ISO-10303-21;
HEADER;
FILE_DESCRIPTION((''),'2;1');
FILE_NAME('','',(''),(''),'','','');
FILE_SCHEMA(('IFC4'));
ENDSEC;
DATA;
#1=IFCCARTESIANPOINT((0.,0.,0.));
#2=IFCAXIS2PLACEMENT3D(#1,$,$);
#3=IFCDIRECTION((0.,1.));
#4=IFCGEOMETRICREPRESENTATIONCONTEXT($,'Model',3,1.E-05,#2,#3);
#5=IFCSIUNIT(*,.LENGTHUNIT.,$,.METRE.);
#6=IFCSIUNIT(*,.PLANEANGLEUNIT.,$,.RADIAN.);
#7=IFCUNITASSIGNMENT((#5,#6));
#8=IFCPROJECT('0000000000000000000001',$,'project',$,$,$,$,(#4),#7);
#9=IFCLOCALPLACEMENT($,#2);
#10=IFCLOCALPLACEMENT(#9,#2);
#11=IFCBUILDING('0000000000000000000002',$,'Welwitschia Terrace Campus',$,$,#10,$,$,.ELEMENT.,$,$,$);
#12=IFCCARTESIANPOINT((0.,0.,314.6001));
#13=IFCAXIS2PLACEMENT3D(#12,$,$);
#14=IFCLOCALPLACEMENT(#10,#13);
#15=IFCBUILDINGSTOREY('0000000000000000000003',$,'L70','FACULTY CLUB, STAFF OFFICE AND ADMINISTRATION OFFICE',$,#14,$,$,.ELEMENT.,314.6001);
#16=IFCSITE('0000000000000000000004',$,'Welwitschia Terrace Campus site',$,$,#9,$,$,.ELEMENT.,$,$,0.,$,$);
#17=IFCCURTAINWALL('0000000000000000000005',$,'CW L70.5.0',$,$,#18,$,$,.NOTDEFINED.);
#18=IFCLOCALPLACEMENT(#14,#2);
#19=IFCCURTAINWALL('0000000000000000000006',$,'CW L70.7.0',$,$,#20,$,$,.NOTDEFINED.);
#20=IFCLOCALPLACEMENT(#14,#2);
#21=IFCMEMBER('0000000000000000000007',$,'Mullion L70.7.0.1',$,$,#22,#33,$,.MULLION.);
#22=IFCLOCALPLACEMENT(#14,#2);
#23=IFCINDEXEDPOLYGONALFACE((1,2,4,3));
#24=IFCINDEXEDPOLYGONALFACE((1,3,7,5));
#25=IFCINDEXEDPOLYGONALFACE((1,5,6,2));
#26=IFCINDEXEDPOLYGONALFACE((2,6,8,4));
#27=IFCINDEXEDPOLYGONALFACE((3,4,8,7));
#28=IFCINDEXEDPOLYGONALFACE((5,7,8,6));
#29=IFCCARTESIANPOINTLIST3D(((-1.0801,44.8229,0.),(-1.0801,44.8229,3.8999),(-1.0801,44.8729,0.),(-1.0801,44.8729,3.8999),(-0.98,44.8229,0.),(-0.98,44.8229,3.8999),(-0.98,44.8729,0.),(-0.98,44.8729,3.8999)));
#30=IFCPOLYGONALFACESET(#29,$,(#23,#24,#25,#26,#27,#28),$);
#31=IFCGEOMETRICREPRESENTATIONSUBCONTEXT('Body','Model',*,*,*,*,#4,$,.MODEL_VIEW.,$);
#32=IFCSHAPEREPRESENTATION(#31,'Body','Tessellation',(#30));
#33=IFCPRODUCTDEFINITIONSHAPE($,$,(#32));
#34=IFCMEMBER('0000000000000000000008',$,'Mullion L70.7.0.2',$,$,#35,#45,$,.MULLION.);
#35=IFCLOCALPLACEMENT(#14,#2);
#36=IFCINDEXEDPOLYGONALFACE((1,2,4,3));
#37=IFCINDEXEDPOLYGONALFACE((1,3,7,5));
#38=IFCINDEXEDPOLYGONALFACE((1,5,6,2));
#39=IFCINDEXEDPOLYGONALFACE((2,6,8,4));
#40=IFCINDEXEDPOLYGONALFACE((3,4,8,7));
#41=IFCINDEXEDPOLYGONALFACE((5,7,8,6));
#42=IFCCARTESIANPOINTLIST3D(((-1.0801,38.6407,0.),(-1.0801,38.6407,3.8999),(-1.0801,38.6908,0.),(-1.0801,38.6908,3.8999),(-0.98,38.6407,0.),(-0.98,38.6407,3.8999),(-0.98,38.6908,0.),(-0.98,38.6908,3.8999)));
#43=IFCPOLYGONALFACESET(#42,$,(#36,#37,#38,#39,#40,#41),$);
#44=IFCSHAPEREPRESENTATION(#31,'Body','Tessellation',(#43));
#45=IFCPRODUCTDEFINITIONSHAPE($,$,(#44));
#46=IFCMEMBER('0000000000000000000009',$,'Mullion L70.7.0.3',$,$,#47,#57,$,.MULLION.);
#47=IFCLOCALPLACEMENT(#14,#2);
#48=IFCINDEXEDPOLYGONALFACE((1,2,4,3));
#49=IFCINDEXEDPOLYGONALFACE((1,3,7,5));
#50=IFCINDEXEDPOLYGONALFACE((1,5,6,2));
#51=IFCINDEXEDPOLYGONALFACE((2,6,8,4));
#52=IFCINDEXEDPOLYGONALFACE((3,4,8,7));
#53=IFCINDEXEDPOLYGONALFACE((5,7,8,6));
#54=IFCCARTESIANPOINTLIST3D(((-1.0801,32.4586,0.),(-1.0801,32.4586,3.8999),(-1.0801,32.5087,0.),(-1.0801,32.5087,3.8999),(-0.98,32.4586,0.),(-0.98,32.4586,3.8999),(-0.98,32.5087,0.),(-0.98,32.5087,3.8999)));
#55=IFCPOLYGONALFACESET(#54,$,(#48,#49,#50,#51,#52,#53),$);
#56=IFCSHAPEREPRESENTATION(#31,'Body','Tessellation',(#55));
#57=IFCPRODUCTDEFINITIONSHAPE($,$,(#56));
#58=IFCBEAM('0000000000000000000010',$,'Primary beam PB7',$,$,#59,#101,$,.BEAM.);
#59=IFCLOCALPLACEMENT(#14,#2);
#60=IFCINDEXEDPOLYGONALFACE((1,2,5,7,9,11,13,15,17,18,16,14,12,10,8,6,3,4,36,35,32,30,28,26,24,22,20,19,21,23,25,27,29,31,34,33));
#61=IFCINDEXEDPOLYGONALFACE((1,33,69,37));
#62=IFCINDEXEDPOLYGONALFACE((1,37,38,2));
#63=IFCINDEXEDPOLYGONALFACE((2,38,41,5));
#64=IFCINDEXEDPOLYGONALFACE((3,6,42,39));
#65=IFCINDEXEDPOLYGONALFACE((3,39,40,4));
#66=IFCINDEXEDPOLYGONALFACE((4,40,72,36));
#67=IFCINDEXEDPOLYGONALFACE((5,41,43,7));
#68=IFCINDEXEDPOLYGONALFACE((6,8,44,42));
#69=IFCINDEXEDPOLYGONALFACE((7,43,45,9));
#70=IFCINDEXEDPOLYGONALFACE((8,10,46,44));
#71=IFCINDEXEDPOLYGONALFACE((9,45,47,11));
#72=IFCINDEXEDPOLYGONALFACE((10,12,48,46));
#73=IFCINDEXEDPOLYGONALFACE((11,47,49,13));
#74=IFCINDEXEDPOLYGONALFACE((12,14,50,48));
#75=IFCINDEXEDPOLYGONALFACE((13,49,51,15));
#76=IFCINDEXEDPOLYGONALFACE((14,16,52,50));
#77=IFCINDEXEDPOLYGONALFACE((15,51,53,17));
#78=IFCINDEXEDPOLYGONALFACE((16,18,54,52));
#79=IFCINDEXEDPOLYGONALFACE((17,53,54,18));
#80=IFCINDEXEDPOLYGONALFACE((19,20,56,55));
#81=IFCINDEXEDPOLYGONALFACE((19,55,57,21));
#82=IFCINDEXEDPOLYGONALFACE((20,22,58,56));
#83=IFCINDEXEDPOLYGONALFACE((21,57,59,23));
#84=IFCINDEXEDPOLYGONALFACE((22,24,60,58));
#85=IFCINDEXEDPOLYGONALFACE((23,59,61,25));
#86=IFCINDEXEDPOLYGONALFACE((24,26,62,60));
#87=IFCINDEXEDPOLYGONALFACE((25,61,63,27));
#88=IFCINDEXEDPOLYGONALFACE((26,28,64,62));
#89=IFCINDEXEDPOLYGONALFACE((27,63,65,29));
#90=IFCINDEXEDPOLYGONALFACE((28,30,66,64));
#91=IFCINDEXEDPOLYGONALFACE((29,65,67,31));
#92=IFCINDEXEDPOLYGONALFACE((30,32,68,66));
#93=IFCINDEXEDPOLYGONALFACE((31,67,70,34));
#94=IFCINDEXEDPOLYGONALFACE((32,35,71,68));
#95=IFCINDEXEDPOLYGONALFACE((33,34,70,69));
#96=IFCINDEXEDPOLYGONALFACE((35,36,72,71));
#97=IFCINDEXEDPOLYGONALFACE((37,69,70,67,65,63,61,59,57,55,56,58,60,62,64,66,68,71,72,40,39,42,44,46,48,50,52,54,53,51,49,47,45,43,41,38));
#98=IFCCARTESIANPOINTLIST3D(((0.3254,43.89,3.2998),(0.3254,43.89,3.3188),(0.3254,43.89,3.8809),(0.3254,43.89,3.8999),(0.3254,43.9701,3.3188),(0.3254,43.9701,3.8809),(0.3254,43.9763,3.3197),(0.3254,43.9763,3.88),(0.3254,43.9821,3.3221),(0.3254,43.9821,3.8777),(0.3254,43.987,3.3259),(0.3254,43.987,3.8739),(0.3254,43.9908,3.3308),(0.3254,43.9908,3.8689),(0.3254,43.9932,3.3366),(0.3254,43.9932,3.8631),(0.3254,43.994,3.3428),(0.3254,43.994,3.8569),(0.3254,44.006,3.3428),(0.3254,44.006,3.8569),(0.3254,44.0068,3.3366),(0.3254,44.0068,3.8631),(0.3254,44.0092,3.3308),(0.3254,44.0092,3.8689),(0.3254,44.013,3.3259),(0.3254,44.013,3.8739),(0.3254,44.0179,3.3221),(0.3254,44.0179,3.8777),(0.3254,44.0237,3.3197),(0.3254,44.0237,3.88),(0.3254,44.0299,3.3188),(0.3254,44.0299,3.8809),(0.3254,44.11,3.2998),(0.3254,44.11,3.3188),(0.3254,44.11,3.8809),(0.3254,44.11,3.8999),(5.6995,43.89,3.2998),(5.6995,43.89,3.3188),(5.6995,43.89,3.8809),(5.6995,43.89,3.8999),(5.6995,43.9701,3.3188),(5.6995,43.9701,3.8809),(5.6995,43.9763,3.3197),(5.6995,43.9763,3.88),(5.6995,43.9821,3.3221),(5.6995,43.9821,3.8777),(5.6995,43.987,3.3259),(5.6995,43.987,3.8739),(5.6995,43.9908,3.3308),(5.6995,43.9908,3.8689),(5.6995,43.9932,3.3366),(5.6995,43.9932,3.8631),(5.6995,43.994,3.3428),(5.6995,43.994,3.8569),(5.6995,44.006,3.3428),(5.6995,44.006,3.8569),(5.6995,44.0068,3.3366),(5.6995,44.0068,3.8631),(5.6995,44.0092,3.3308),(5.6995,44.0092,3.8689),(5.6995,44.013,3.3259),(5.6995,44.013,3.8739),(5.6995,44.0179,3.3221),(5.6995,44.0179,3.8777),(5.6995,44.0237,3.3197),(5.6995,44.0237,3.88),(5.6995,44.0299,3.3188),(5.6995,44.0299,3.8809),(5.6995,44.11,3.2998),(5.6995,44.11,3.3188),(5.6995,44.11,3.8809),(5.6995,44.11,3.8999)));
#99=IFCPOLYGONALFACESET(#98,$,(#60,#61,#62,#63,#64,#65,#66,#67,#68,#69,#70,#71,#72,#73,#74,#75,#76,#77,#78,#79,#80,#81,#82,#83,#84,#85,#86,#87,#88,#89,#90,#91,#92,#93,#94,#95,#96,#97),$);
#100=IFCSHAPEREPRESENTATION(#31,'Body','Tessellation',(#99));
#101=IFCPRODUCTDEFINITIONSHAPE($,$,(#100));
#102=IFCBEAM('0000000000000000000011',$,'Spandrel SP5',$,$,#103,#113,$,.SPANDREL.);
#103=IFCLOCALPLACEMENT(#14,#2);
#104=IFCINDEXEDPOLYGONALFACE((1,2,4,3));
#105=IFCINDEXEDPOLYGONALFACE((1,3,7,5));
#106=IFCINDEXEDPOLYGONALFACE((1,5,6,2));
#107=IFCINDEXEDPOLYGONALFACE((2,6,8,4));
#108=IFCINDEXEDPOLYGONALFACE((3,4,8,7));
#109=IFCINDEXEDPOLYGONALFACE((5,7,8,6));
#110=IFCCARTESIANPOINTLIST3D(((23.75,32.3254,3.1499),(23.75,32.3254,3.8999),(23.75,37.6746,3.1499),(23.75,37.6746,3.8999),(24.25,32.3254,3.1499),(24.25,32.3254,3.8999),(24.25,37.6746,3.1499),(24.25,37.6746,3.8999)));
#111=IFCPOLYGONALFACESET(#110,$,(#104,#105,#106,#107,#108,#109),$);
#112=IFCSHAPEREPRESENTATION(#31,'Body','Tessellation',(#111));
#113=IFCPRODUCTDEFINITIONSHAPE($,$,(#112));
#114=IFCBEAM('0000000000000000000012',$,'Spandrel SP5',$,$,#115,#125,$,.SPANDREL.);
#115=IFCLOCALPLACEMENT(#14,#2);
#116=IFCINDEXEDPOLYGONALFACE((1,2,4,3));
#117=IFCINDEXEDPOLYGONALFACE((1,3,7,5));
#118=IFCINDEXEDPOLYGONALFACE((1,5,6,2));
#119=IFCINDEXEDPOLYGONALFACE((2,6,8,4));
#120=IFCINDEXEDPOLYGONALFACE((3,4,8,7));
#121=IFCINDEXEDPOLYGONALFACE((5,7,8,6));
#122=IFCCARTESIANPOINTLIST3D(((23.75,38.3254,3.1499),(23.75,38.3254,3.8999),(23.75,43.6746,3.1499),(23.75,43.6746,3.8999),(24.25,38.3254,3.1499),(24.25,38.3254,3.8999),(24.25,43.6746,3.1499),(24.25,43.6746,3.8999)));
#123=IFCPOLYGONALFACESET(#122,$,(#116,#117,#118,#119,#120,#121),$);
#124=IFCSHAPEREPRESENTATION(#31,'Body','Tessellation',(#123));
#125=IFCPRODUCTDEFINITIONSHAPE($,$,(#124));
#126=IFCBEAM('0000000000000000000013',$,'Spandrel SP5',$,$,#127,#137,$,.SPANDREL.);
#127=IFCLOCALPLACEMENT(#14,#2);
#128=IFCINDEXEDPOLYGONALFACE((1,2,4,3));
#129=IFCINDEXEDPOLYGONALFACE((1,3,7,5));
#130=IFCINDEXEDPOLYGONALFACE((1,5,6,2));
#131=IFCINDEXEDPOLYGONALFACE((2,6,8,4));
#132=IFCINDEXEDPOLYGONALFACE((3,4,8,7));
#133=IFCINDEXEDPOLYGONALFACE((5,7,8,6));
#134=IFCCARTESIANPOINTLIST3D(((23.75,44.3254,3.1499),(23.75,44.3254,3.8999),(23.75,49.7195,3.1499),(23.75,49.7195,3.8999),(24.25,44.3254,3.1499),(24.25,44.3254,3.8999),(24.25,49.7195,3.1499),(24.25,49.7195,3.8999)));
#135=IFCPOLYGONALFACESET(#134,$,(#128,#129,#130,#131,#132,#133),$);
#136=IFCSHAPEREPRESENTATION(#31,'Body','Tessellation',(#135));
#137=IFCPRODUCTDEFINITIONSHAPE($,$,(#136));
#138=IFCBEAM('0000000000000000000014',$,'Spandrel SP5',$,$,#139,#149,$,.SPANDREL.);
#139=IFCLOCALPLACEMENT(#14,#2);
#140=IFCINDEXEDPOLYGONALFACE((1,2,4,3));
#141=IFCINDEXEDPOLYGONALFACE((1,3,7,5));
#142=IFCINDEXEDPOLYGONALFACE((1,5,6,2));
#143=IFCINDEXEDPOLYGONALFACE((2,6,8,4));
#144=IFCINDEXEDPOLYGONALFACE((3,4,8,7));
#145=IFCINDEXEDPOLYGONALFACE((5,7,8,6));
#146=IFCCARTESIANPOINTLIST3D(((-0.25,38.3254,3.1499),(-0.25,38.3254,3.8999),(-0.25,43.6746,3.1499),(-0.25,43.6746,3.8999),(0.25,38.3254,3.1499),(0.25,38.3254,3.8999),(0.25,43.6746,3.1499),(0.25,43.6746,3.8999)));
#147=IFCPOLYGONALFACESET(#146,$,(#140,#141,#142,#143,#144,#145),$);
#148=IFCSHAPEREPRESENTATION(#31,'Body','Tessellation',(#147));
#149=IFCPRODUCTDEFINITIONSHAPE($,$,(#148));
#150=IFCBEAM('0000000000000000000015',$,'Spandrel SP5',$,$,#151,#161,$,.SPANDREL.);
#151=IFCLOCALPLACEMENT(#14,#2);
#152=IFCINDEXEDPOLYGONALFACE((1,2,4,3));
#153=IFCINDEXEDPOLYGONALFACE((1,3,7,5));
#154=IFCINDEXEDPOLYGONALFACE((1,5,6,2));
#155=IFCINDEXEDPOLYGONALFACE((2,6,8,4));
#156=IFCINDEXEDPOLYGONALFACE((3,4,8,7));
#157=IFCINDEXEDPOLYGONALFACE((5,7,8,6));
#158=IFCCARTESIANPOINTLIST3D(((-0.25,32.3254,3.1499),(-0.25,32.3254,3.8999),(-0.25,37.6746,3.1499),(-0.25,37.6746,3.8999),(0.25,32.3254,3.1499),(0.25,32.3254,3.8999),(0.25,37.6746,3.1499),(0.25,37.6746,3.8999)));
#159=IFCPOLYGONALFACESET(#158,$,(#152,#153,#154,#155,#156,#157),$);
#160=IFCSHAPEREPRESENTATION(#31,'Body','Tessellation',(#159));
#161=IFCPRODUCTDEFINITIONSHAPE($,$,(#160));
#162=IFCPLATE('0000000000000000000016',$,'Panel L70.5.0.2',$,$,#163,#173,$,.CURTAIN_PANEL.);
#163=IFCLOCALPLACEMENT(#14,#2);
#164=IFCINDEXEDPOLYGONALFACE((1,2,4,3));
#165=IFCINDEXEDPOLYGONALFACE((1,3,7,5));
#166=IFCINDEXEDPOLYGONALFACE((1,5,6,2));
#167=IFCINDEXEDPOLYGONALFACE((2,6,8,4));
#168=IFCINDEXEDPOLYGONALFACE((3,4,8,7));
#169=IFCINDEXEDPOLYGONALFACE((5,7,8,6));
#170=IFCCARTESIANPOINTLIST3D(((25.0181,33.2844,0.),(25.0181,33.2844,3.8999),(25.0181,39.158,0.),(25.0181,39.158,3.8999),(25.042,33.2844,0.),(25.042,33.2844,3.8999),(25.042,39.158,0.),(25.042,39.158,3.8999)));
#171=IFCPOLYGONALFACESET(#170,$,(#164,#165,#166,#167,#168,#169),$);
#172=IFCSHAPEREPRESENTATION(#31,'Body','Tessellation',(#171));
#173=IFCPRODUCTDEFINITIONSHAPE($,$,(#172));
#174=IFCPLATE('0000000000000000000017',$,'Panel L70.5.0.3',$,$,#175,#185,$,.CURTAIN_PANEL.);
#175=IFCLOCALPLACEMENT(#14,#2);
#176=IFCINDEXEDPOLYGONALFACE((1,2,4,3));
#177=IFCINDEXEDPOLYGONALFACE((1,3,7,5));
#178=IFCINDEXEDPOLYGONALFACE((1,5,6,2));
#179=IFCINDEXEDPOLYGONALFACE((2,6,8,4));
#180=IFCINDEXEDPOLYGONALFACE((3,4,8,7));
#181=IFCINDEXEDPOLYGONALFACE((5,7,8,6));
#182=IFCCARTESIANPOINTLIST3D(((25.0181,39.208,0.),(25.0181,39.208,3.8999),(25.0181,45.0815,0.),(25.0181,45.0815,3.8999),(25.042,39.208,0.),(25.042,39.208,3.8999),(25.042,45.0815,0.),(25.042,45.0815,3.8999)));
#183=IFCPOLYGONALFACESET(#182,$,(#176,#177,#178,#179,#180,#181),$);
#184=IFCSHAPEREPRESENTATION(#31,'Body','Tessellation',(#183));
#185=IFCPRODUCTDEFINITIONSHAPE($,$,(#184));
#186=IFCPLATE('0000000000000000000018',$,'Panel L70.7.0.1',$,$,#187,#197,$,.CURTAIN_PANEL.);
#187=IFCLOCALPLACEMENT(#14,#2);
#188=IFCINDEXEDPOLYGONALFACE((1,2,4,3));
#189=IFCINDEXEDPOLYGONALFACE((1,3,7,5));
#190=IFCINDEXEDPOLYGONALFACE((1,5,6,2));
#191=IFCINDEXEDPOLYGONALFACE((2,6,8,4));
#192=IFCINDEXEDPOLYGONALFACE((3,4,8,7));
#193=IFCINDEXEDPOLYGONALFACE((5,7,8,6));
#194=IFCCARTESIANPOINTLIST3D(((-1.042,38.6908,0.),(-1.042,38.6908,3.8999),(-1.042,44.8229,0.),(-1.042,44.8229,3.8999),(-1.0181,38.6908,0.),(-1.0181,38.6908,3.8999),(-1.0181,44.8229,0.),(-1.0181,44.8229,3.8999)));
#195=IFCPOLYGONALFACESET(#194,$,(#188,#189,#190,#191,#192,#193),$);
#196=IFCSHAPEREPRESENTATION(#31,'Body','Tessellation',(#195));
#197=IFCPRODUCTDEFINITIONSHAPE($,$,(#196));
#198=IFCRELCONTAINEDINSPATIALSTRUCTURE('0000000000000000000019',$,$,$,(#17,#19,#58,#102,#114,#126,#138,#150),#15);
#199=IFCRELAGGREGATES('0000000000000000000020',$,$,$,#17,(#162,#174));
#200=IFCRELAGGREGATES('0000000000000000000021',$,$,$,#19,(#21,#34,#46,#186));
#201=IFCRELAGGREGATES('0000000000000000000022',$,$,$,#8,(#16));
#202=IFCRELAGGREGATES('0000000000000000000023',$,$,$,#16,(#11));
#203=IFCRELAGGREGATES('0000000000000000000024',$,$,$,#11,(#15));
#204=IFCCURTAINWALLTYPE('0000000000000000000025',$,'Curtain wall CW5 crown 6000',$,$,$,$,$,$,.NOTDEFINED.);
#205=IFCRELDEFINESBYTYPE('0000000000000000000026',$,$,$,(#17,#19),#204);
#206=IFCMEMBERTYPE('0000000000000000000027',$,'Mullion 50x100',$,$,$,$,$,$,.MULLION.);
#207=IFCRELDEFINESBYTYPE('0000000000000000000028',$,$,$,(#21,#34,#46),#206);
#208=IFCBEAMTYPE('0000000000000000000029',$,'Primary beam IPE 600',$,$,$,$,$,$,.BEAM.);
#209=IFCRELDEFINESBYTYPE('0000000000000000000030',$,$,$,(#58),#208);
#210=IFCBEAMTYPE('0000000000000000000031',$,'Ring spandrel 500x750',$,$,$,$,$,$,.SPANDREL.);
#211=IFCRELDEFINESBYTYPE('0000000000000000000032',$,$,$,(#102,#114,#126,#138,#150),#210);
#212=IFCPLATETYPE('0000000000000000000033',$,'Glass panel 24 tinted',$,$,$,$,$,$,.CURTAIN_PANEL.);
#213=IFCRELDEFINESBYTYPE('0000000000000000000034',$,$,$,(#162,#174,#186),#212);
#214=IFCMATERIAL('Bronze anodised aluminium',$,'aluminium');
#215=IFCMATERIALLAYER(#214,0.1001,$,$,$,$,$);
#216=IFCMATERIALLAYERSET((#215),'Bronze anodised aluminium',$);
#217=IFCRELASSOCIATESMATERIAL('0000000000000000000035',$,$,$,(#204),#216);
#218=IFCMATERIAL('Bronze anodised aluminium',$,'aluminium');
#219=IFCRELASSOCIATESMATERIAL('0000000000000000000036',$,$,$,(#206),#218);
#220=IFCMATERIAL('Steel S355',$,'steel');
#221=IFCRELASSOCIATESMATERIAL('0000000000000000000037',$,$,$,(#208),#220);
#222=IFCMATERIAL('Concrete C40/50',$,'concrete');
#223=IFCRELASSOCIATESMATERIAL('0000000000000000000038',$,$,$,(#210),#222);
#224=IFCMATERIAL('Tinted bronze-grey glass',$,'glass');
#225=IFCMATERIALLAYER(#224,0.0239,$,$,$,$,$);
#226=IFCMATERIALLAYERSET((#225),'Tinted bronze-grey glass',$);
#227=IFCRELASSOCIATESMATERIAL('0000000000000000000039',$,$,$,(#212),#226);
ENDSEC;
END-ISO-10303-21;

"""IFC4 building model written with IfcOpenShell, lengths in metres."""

from ifc_helpers import new_model, si_unit, direction, frame, origin, origin_2d, place, context, subcontext, project, spatial, rectangle, i_section, extrude, material, layer, layer_set, material_profile, profile_set, type_object, element, aggregate, save


model = new_model("IFC4")

# Units and contexts
model_context = context("Model", 3, precision=1e-05, world=origin(), true_north=direction((0.0, 1.0)))
body_context = subcontext(model_context, "Body", "Model", "MODEL_VIEW")
ifc_project = project(units=[si_unit("LENGTHUNIT", "METRE"), si_unit("PLANEANGLEUNIT", "RADIAN")], contexts=[model_context])

# Site, building, storey
site_placement = place(None, origin())
site = spatial("IfcSite", under=ifc_project, at=site_placement, Name="Welwitschia Terrace Campus site", CompositionType="ELEMENT", RefElevation=0.0)
building_placement = place(site_placement, origin())
building = spatial("IfcBuilding", under=site, at=building_placement, Name="Welwitschia Terrace Campus", CompositionType="ELEMENT")
storey_placement = place(building_placement, frame((0.0, 0.0, 314.6001)))
storey = spatial("IfcBuildingStorey", under=building, at=storey_placement, Name="L70", Description="FACULTY CLUB, STAFF OFFICE AND ADMINISTRATION OFFICE", CompositionType="ELEMENT", Elevation=314.6001)

# Curtain walls, members
ifc_material_1 = material(Name="Bronze anodised aluminium", Category="aluminium")
ifc_layer_1 = layer(ifc_material_1, 0.1001)
ifc_layer_set_1 = layer_set([ifc_layer_1], Name="Bronze anodised aluminium")
curtain_wall_type = type_object("IfcCurtainWallType", Name="Curtain wall CW5 crown 6000", PredefinedType="NOTDEFINED", material=ifc_layer_set_1)
curtain_wall_1_placement = place(storey_placement, origin())
curtain_wall_1 = element("IfcCurtainWall", 1, at=curtain_wall_1_placement, inside=storey, type_object=curtain_wall_type, Name="CW L70.5.0", PredefinedType="NOTDEFINED")
ifc_material_2 = material(Name="Bronze anodised aluminium", Category="aluminium")
ifc_material_profile_1 = material_profile(ifc_material_2, rectangle(XDim=0.1001, YDim=0.05, at=origin_2d()))
ifc_profile_set_1 = profile_set([ifc_material_profile_1], Name="Bronze anodised aluminium")
member_type = type_object("IfcMemberType", Name="Mullion 50x100", PredefinedType="MULLION", material=ifc_profile_set_1)
curtain_wall_2_placement = place(storey_placement, origin())
curtain_wall_2 = element("IfcCurtainWall", 2, at=curtain_wall_2_placement, inside=storey, type_object=curtain_wall_type, Name="CW L70.7.0", PredefinedType="NOTDEFINED")
member_1_placement = place(storey_placement, frame((-1.03, 44.8479, 0.0), z_axis=(0.0, 0.0, 1.0), x_axis=(1.0, 0.0, 0.0)))
member_1 = element("IfcMember", 3, at=member_1_placement, type_object=member_type, Name="Mullion L70.7.0.1", PredefinedType="MULLION", context=body_context, shape_type="SweptSolid", body=[
    extrude(rectangle(XDim=0.1001, YDim=0.05, at=origin_2d()), origin(), (0.0, 0.0, 1.0), 3.8999),
])
member_2_placement = place(storey_placement, frame((-1.03, 38.6658, 0.0), z_axis=(0.0, 0.0, 1.0), x_axis=(1.0, 0.0, 0.0)))
member_2 = element("IfcMember", 4, at=member_2_placement, type_object=member_type, Name="Mullion L70.7.0.2", PredefinedType="MULLION", context=body_context, shape_type="SweptSolid", body=[
    extrude(rectangle(XDim=0.1001, YDim=0.05, at=origin_2d()), origin(), (0.0, 0.0, 1.0), 3.8999),
])
member_3_placement = place(storey_placement, frame((-1.03, 32.4836, 0.0), z_axis=(0.0, 0.0, 1.0), x_axis=(1.0, 0.0, 0.0)))
member_3 = element("IfcMember", 5, at=member_3_placement, type_object=member_type, Name="Mullion L70.7.0.3", PredefinedType="MULLION", context=body_context, shape_type="SweptSolid", body=[
    extrude(rectangle(XDim=0.1001, YDim=0.05, at=origin_2d()), origin(), (0.0, 0.0, 1.0), 3.8999),
])

# Beams
ifc_material_3 = material(Name="Steel S355", Category="steel")
ifc_material_profile_2 = material_profile(ifc_material_3, i_section(OverallWidth=0.22, OverallDepth=0.6001, WebThickness=0.012, FlangeThickness=0.019, FilletRadius=0.0239, at=origin_2d()))
ifc_profile_set_2 = profile_set([ifc_material_profile_2], Name="Steel S355")
beam_type_1 = type_object("IfcBeamType", Name="Primary beam IPE 600", PredefinedType="BEAM", material=ifc_profile_set_2)
beam_1_placement = place(storey_placement, frame((0.3254, 44.0, 3.5999), z_axis=(1.0, 0.0, 0.0), x_axis=(0.0, 1.0, 0.0)))
element("IfcBeam", 6, at=beam_1_placement, inside=storey, type_object=beam_type_1, Name="Primary beam PB7", PredefinedType="BEAM", context=body_context, shape_type="SweptSolid", body=[
    extrude(i_section(OverallWidth=0.22, OverallDepth=0.6001, WebThickness=0.012, FlangeThickness=0.019, FilletRadius=0.0239, at=origin_2d()), origin(), (0.0, 0.0, 1.0), 5.374),
])
ifc_material_4 = material(Name="Concrete C40/50", Category="concrete")
ifc_material_profile_3 = material_profile(ifc_material_4, rectangle(XDim=0.5, YDim=0.75, at=origin_2d()))
ifc_profile_set_3 = profile_set([ifc_material_profile_3], Name="Concrete C40/50")
beam_type_2 = type_object("IfcBeamType", Name="Ring spandrel 500x750", PredefinedType="SPANDREL", material=ifc_profile_set_3)
for number, where, z_axis, x_axis, name in (
    (7, (24.0, 32.3254, 3.5249), (0.0, 1.0, 0.0), (-1.0, 0.0, 0.0), "Spandrel SP5"),
    (8, (24.0, 38.3254, 3.5249), (0.0, 1.0, 0.0), (-1.0, 0.0, 0.0), "Spandrel SP5"),
):
    element("IfcBeam", number, at=place(storey_placement, frame(where, z_axis=z_axis, x_axis=x_axis)), inside=storey, type_object=beam_type_2, Name=name, PredefinedType="SPANDREL", context=body_context, shape_type="SweptSolid", body=[
        extrude(rectangle(XDim=0.5, YDim=0.75, at=origin_2d()), origin(), (0.0, 0.0, 1.0), 5.3491),
    ])
beam_2_placement = place(storey_placement, frame((24.0, 44.3254, 3.5249), z_axis=(0.0, 1.0, 0.0), x_axis=(-1.0, 0.0, 0.0)))
element("IfcBeam", 9, at=beam_2_placement, inside=storey, type_object=beam_type_2, Name="Spandrel SP5", PredefinedType="SPANDREL", context=body_context, shape_type="SweptSolid", body=[
    extrude(rectangle(XDim=0.5, YDim=0.75, at=origin_2d()), origin(), (0.0, 0.0, 1.0), 5.394),
])
for number, where, z_axis, x_axis, name in (
    (10, (0.0, 43.6746, 3.5249), (0.0, -1.0, 0.0), (1.0, 0.0, 0.0), "Spandrel SP5"),
    (11, (0.0, 37.6746, 3.5249), (0.0, -1.0, 0.0), (1.0, 0.0, 0.0), "Spandrel SP5"),
):
    element("IfcBeam", number, at=place(storey_placement, frame(where, z_axis=z_axis, x_axis=x_axis)), inside=storey, type_object=beam_type_2, Name=name, PredefinedType="SPANDREL", context=body_context, shape_type="SweptSolid", body=[
        extrude(rectangle(XDim=0.5, YDim=0.75, at=origin_2d()), origin(), (0.0, 0.0, 1.0), 5.3491),
    ])

# Plates
ifc_material_5 = material(Name="Tinted bronze-grey glass", Category="glass")
ifc_layer_2 = layer(ifc_material_5, 0.0239)
ifc_layer_set_2 = layer_set([ifc_layer_2], Name="Tinted bronze-grey glass")
plate_type = type_object("IfcPlateType", Name="Glass panel 24 tinted", PredefinedType="CURTAIN_PANEL", material=ifc_layer_set_2)
plate_1_placement = place(storey_placement, frame((25.03, 36.2212, 0.0), z_axis=(0.0, 0.0, 1.0), x_axis=(0.0, 1.0, 0.0)))
plate_1 = element("IfcPlate", 12, at=plate_1_placement, type_object=plate_type, Name="Panel L70.5.0.2", PredefinedType="CURTAIN_PANEL", context=body_context, shape_type="SweptSolid", body=[
    extrude(rectangle(XDim=5.8735, YDim=0.0239, at=origin_2d()), origin(), (0.0, 0.0, 1.0), 3.8999),
])
plate_2_placement = place(storey_placement, frame((25.03, 42.1448, 0.0), z_axis=(0.0, 0.0, 1.0), x_axis=(0.0, 1.0, 0.0)))
plate_2 = element("IfcPlate", 13, at=plate_2_placement, type_object=plate_type, Name="Panel L70.5.0.3", PredefinedType="CURTAIN_PANEL", context=body_context, shape_type="SweptSolid", body=[
    extrude(rectangle(XDim=5.8735, YDim=0.0239, at=origin_2d()), origin(), (0.0, 0.0, 1.0), 3.8999),
])
aggregate(curtain_wall_1, [plate_1, plate_2])
plate_3_placement = place(storey_placement, frame((-1.03, 41.7568, 0.0), z_axis=(0.0, 0.0, 1.0), x_axis=(0.0, -1.0, 0.0)))
plate_3 = element("IfcPlate", 14, at=plate_3_placement, type_object=plate_type, Name="Panel L70.7.0.1", PredefinedType="CURTAIN_PANEL", context=body_context, shape_type="SweptSolid", body=[
    extrude(rectangle(XDim=6.1321, YDim=0.0239, at=origin_2d()), origin(), (0.0, 0.0, 1.0), 3.8999),
])
aggregate(curtain_wall_2, [member_1, member_2, member_3, plate_3])

save(model, "model.ifc")
